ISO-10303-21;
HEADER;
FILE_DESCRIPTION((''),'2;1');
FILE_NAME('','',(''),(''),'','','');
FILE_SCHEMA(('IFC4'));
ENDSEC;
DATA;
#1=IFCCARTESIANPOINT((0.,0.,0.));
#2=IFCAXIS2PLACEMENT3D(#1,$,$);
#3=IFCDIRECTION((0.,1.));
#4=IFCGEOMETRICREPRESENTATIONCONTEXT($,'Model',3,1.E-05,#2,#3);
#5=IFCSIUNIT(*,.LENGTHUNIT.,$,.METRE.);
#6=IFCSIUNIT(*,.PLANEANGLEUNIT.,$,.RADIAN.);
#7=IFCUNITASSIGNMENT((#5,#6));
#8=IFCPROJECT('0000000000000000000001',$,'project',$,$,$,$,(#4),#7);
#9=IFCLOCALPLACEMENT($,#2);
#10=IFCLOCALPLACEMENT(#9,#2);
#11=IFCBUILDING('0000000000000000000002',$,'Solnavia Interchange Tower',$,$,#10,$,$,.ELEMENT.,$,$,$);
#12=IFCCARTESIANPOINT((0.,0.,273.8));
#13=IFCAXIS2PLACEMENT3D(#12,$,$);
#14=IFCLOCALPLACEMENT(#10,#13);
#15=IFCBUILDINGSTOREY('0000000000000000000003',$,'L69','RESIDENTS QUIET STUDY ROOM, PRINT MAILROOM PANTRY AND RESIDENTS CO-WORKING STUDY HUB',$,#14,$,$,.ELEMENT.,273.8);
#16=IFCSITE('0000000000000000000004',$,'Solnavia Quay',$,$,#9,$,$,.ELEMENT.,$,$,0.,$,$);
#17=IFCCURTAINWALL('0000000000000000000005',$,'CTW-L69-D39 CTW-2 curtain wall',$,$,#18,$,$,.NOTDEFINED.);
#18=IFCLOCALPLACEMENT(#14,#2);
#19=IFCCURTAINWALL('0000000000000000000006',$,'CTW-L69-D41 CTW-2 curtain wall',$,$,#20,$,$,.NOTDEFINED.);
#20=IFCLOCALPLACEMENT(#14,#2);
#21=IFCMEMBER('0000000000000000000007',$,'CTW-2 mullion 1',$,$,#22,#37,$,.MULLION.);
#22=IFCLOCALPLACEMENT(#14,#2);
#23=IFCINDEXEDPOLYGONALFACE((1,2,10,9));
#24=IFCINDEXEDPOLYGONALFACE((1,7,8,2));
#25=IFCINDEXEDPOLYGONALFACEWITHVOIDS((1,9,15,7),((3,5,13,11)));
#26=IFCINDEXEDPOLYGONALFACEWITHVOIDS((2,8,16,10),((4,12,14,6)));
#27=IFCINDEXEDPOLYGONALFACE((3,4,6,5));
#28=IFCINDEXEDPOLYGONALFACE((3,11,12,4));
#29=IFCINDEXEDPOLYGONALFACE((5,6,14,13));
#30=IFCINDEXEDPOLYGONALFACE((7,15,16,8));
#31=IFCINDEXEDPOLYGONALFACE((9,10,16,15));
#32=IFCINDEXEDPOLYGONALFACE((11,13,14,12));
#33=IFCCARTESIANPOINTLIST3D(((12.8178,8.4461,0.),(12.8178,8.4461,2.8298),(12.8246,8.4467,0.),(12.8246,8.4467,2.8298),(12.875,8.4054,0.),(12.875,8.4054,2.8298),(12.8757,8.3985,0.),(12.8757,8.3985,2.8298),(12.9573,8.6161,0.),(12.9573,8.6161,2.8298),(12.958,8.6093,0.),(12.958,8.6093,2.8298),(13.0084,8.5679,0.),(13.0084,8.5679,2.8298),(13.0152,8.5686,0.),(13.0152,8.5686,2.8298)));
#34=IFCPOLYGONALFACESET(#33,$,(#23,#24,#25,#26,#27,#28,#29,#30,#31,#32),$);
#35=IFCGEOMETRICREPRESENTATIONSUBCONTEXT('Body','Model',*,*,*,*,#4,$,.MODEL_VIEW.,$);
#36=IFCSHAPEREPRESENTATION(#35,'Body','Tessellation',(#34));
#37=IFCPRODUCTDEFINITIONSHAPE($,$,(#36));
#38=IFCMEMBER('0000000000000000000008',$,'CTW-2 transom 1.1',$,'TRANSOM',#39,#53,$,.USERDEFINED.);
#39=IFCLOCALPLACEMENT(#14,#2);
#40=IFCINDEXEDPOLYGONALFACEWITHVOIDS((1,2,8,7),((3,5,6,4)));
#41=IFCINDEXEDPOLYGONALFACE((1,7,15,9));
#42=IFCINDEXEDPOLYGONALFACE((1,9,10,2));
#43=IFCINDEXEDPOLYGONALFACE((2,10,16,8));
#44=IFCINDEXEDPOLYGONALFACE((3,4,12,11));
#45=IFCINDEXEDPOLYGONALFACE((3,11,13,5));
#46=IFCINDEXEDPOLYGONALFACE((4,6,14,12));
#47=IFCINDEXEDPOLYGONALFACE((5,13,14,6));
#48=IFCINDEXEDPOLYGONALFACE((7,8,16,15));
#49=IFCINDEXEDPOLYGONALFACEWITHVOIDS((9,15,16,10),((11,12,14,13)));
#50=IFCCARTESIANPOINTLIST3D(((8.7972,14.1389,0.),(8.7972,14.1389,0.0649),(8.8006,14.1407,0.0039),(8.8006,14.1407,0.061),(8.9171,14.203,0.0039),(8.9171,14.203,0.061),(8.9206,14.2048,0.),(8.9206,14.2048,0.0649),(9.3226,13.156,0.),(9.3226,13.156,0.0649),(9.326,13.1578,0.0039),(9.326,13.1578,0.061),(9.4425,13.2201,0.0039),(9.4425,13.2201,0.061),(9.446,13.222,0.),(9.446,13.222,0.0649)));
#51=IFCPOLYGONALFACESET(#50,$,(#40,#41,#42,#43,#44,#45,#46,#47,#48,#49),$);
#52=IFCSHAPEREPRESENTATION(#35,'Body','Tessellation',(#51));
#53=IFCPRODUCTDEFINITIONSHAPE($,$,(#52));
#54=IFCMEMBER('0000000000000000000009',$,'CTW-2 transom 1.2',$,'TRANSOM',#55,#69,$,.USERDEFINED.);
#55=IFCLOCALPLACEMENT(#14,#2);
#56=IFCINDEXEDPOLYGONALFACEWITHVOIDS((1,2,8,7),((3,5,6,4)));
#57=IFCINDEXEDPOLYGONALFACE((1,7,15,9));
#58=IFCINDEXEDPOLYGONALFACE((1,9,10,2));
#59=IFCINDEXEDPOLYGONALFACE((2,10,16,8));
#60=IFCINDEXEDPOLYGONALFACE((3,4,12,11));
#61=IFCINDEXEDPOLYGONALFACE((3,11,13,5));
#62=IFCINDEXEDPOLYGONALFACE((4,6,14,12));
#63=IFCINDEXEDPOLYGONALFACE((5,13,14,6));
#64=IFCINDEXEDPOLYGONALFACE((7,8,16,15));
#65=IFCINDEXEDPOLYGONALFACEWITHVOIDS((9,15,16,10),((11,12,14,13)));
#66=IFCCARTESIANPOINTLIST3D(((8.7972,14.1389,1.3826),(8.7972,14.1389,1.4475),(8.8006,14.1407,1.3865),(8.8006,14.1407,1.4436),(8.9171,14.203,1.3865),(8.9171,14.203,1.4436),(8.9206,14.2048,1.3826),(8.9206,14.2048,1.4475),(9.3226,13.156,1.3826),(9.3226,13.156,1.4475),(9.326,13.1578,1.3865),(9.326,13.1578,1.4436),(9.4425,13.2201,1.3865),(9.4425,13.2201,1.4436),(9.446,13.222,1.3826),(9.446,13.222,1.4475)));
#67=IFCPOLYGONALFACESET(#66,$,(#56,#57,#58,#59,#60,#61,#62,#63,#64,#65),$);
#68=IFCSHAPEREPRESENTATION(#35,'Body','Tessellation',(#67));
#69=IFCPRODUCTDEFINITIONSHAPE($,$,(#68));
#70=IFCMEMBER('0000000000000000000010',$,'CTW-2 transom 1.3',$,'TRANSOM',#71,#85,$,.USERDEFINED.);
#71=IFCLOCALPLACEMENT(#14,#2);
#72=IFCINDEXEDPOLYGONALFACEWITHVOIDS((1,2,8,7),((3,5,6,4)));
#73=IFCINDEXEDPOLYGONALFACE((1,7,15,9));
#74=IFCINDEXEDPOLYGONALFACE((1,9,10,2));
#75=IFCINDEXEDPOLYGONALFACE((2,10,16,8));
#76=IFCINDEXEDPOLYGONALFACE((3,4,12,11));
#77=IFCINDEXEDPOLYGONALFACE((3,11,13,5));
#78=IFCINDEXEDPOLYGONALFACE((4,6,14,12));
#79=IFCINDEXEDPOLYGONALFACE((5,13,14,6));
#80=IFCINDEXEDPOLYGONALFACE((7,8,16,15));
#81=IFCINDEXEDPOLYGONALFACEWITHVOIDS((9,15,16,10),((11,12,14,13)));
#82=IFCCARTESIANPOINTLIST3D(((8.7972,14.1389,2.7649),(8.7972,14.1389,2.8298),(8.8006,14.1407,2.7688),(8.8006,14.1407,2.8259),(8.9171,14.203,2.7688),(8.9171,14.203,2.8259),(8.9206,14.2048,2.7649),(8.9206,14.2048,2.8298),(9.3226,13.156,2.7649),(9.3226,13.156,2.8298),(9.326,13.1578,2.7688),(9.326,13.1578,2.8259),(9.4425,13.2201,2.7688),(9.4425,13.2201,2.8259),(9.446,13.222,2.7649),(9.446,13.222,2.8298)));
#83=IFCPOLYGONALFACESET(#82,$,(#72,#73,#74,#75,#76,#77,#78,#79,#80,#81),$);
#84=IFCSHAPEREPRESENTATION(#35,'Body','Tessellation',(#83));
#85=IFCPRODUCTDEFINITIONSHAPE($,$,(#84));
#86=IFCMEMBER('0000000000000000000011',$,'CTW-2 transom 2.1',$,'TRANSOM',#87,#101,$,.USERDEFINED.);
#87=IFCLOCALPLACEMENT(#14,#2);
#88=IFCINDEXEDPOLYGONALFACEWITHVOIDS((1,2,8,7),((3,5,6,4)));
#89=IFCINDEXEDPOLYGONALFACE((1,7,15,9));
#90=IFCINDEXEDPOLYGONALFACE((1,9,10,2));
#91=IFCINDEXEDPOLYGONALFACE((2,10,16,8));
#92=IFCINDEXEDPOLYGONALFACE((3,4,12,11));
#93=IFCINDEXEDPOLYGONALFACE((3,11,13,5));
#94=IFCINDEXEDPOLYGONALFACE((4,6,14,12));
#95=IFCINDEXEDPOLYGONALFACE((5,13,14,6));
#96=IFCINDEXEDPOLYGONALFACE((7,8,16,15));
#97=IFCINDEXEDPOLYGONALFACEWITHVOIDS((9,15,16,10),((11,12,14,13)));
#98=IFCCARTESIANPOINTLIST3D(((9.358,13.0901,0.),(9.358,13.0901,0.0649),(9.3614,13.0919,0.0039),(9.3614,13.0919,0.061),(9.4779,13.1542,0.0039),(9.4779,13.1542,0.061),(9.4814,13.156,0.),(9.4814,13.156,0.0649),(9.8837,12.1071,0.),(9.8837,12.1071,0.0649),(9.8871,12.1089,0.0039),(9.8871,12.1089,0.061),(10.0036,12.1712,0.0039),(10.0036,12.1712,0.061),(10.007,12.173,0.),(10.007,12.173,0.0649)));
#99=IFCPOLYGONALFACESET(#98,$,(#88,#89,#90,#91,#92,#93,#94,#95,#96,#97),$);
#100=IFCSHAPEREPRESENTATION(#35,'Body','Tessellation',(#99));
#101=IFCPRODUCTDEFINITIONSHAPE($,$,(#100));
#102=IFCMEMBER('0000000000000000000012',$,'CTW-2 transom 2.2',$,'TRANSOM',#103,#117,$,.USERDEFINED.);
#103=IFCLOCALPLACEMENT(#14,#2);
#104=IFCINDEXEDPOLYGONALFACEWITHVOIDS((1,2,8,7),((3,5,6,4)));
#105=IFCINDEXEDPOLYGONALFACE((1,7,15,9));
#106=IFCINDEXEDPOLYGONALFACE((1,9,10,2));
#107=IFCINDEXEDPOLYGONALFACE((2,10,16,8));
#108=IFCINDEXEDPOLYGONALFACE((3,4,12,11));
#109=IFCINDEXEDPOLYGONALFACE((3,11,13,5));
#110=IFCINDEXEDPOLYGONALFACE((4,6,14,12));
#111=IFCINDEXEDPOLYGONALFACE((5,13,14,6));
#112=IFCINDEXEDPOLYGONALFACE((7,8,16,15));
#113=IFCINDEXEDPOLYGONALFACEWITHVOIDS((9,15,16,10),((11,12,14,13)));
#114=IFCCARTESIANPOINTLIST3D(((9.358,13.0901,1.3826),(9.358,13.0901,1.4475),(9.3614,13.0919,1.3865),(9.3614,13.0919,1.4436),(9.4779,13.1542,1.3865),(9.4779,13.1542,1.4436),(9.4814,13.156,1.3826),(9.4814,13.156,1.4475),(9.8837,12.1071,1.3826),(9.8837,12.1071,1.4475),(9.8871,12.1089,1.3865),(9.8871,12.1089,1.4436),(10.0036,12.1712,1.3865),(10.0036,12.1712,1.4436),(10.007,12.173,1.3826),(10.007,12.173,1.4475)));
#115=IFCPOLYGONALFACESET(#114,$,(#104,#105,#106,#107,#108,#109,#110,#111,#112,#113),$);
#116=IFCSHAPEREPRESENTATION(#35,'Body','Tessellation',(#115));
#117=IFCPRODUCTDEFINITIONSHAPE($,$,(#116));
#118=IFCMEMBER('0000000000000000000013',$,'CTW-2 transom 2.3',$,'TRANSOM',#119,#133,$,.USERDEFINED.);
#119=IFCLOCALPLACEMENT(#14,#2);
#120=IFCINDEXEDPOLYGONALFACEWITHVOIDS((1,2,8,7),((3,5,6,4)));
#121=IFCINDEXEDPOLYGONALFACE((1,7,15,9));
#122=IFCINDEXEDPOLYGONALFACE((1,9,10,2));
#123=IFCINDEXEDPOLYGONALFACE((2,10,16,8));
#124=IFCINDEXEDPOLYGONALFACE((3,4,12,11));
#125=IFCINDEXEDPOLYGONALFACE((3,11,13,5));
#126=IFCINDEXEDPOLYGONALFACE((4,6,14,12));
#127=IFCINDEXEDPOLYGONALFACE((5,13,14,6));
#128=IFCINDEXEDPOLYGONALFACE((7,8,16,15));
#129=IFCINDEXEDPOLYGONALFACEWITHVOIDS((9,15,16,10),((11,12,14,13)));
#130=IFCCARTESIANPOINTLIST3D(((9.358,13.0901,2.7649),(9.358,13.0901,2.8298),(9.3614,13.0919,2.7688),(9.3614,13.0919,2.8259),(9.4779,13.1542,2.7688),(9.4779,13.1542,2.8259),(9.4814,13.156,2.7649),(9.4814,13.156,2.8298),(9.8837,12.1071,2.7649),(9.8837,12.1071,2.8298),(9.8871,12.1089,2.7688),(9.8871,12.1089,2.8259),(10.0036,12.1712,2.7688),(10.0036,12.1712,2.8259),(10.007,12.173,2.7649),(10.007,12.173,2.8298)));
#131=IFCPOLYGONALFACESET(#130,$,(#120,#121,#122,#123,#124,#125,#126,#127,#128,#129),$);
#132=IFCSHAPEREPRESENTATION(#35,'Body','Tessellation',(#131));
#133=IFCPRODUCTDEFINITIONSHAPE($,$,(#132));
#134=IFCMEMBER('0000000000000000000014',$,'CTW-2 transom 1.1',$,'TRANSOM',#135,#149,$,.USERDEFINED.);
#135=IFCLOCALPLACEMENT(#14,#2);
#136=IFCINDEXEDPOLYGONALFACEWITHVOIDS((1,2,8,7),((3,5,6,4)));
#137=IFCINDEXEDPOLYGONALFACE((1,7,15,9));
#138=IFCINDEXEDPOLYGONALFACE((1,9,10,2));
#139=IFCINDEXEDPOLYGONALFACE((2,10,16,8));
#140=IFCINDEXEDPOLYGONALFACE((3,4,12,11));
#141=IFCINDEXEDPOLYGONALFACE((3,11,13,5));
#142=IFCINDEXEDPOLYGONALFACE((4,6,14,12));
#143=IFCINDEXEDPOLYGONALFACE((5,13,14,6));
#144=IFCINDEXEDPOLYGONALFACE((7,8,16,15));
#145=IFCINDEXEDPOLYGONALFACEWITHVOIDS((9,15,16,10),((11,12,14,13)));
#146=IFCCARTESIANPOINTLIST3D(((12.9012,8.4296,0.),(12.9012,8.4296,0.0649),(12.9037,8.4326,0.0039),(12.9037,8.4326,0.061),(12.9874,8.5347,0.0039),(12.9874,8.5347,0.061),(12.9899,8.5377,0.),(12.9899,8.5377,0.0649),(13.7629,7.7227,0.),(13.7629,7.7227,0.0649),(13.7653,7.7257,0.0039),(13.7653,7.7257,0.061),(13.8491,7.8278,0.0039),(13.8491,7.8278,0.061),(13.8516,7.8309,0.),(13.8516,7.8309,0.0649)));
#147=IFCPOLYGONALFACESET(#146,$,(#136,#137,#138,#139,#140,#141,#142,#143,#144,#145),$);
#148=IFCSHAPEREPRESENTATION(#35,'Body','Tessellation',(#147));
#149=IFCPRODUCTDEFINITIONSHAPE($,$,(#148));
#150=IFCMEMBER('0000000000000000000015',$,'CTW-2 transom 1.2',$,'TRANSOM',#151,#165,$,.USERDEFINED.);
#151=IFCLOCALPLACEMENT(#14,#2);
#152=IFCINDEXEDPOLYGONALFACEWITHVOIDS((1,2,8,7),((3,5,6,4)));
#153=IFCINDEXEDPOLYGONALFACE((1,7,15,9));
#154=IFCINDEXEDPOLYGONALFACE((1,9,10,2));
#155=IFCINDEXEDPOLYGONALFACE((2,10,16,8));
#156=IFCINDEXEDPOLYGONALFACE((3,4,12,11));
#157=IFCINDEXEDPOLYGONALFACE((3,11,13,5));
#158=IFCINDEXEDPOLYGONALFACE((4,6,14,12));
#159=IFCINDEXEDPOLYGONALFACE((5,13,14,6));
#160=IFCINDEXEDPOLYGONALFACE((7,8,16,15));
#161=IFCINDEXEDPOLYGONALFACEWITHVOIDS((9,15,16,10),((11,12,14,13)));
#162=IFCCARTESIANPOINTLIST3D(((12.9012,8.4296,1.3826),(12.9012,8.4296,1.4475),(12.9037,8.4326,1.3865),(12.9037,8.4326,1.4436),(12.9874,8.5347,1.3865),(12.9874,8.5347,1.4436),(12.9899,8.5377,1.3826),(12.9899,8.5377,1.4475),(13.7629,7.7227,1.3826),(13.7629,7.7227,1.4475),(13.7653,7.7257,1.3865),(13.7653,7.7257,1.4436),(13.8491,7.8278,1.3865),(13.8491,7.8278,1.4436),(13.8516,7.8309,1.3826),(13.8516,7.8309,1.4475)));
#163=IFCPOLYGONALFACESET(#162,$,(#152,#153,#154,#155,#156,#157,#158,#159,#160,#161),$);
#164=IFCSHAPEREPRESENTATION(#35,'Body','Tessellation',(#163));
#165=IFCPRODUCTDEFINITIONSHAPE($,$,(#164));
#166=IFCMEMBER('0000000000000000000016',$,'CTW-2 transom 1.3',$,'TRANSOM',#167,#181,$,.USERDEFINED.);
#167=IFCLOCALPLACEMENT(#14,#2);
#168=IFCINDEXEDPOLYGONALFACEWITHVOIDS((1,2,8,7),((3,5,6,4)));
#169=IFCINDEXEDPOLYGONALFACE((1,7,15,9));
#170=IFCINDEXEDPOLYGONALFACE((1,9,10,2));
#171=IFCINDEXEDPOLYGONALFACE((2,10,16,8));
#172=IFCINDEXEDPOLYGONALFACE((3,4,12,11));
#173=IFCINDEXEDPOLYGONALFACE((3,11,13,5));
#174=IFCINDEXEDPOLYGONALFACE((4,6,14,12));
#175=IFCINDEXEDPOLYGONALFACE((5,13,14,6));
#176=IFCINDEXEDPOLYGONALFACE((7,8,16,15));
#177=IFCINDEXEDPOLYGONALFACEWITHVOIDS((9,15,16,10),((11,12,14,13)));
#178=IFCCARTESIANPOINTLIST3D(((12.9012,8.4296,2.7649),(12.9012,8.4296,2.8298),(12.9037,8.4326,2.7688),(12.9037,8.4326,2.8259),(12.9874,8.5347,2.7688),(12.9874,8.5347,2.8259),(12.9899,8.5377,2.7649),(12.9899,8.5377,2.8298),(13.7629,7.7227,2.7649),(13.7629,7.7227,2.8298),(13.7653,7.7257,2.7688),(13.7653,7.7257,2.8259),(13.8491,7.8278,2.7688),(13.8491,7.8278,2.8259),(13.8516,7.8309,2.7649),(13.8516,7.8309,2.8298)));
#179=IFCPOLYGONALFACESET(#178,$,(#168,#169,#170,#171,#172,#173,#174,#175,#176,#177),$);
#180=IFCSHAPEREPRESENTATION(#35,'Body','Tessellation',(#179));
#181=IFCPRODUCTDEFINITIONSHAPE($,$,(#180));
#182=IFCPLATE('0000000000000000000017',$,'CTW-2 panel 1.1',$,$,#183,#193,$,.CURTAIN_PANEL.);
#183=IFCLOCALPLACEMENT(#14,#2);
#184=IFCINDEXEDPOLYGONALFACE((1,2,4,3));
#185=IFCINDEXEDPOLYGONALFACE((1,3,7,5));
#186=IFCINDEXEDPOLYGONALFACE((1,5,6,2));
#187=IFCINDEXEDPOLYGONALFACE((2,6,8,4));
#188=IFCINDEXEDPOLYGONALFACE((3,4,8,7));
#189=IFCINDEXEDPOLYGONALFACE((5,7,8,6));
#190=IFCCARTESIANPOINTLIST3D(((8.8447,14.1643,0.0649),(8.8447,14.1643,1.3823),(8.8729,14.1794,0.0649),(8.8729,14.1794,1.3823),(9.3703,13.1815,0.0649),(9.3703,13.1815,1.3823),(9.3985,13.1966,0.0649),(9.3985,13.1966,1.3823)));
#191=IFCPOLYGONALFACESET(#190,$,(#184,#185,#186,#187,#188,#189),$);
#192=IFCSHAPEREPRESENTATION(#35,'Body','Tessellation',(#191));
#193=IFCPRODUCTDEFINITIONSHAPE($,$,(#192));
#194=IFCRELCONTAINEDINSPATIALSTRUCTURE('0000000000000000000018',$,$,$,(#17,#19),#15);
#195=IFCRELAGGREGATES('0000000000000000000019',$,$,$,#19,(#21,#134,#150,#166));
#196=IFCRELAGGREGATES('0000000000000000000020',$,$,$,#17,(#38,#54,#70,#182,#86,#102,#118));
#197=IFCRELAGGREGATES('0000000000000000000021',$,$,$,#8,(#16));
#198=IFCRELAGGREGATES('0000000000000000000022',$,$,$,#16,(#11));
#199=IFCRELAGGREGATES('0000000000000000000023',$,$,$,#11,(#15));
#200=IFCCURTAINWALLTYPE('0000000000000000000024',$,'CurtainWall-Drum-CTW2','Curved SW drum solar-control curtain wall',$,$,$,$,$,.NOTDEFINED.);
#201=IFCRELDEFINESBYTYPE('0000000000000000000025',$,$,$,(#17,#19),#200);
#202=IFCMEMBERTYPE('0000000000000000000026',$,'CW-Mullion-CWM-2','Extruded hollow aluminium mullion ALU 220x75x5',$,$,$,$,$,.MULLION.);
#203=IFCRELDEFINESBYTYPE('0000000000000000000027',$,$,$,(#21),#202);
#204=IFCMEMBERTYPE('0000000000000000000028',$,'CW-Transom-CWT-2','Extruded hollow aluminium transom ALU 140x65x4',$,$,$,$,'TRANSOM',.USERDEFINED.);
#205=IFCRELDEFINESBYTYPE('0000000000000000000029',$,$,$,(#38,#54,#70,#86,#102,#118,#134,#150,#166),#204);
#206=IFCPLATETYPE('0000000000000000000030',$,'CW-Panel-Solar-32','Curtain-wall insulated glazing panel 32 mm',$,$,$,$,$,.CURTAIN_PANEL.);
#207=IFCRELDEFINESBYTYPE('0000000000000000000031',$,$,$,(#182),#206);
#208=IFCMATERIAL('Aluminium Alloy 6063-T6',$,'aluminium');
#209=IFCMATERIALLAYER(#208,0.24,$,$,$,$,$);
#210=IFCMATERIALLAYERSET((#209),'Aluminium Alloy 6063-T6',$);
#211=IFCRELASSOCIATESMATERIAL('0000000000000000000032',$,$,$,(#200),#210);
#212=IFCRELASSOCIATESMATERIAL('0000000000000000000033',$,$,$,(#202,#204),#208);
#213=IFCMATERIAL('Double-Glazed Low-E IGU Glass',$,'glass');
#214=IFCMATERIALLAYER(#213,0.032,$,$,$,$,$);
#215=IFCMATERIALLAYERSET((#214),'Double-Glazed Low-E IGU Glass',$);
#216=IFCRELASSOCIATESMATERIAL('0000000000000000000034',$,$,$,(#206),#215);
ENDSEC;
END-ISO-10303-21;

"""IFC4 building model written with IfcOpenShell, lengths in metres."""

from ifc_helpers import new_model, si_unit, direction, frame, origin, origin_2d, place, context, subcontext, project, spatial, rectangle, hollow_rectangle, extrude, material, layer, layer_set, material_profile, profile_set, type_object, element, aggregate, save


model = new_model("IFC4")

# Units and contexts
model_context = context("Model", 3, precision=1e-05, world=origin(), true_north=direction((0.0, 1.0)))
body_context = subcontext(model_context, "Body", "Model", "MODEL_VIEW")
ifc_project = project(units=[si_unit("LENGTHUNIT", "METRE"), si_unit("PLANEANGLEUNIT", "RADIAN")], contexts=[model_context])

# Site, building, storey
site_placement = place(None, origin())
site = spatial("IfcSite", under=ifc_project, at=site_placement, Name="Solnavia Quay", CompositionType="ELEMENT", RefElevation=0.0)
building_placement = place(site_placement, origin())
building = spatial("IfcBuilding", under=site, at=building_placement, Name="Solnavia Interchange Tower", CompositionType="ELEMENT")
storey_placement = place(building_placement, frame((0.0, 0.0, 273.8)))
storey = spatial("IfcBuildingStorey", under=building, at=storey_placement, Name="L69", Description="RESIDENTS QUIET STUDY ROOM, PRINT MAILROOM PANTRY AND RESIDENTS CO-WORKING STUDY HUB", CompositionType="ELEMENT", Elevation=273.8)

# Curtain wall
ifc_material_1 = material(Name="Aluminium Alloy 6063-T6", Category="aluminium")
ifc_layer_1 = layer(ifc_material_1, 0.24)
ifc_layer_set_1 = layer_set([ifc_layer_1], Name="Aluminium Alloy 6063-T6")
curtain_wall_type = type_object("IfcCurtainWallType", Name="CurtainWall-Drum-CTW2", Description="Curved SW drum solar-control curtain wall", PredefinedType="NOTDEFINED", material=ifc_layer_set_1)
curtain_wall_1_placement = place(storey_placement, origin())
curtain_wall_1 = element("IfcCurtainWall", 1, at=curtain_wall_1_placement, inside=storey, type_object=curtain_wall_type, Name="CTW-L69-D39 CTW-2 curtain wall", PredefinedType="NOTDEFINED")
ifc_material_profile_1 = material_profile(ifc_material_1, hollow_rectangle(XDim=0.075, YDim=0.22, WallThickness=0.0049, at=origin_2d()), Name="ALU 220x75x5")
ifc_profile_set_1 = profile_set([ifc_material_profile_1], Name="Aluminium Alloy 6063-T6")
member_type_1 = type_object("IfcMemberType", Name="CW-Mullion-CWM-2", Description="Extruded hollow aluminium mullion ALU 220x75x5", PredefinedType="MULLION", material=ifc_profile_set_1)

# Curtain wall, member
curtain_wall_2_placement = place(storey_placement, origin())
curtain_wall_2 = element("IfcCurtainWall", 2, at=curtain_wall_2_placement, inside=storey, type_object=curtain_wall_type, Name="CTW-L69-D41 CTW-2 curtain wall", PredefinedType="NOTDEFINED")
member_1_placement = place(storey_placement, frame((12.9165, 8.5073, 0.0), z_axis=(0.0, 0.0, 1.0), x_axis=(0.773103, -0.63428, 0.0)))
member_1 = element("IfcMember", 3, at=member_1_placement, type_object=member_type_1, Name="CTW-2 mullion 1", PredefinedType="MULLION", context=body_context, shape_type="SweptSolid", body=[
    extrude(hollow_rectangle(XDim=0.075, YDim=0.22, WallThickness=0.0049, at=origin_2d()), origin(), (0.0, 0.0, 1.0), 2.8298),
])

# Members
ifc_material_profile_2 = material_profile(ifc_material_1, hollow_rectangle(XDim=0.0649, YDim=0.1399, WallThickness=0.0039, at=origin_2d()), Name="ALU 140x65x4")
ifc_profile_set_2 = profile_set([ifc_material_profile_2], Name="Aluminium Alloy 6063-T6")
member_type_2 = type_object("IfcMemberType", Name="CW-Transom-CWT-2", Description="Extruded hollow aluminium transom ALU 140x65x4", ElementType="TRANSOM", PredefinedType="USERDEFINED", material=ifc_profile_set_2)
member_2_placement = place(storey_placement, frame((8.8589, 14.1719, 0.0325), z_axis=(0.471407, -0.881916, 0.0), x_axis=(0.0, 0.0, 1.0)))
member_2 = element("IfcMember", 4, at=member_2_placement, type_object=member_type_2, Name="CTW-2 transom 1.1", ObjectType="TRANSOM", PredefinedType="USERDEFINED", context=body_context, shape_type="SweptSolid", body=[
    extrude(hollow_rectangle(XDim=0.0649, YDim=0.1399, WallThickness=0.0039, at=origin_2d()), origin(), (0.0, 0.0, 1.0), 1.1145),
])
member_3_placement = place(storey_placement, frame((8.8589, 14.1719, 1.415), z_axis=(0.471407, -0.881916, 0.0), x_axis=(0.0, 0.0, 1.0)))
member_3 = element("IfcMember", 5, at=member_3_placement, type_object=member_type_2, Name="CTW-2 transom 1.2", ObjectType="TRANSOM", PredefinedType="USERDEFINED", context=body_context, shape_type="SweptSolid", body=[
    extrude(hollow_rectangle(XDim=0.0649, YDim=0.1399, WallThickness=0.0039, at=origin_2d()), origin(), (0.0, 0.0, 1.0), 1.1145),
])
member_4_placement = place(storey_placement, frame((8.8589, 14.1719, 2.7974), z_axis=(0.471407, -0.881916, 0.0), x_axis=(0.0, 0.0, 1.0)))
member_4 = element("IfcMember", 6, at=member_4_placement, type_object=member_type_2, Name="CTW-2 transom 1.3", ObjectType="TRANSOM", PredefinedType="USERDEFINED", context=body_context, shape_type="SweptSolid", body=[
    extrude(hollow_rectangle(XDim=0.0649, YDim=0.1399, WallThickness=0.0039, at=origin_2d()), origin(), (0.0, 0.0, 1.0), 1.1145),
])
member_5_placement = place(storey_placement, frame((9.4197, 13.123, 0.0325), z_axis=(0.471577, -0.881825, 0.0), x_axis=(0.0, 0.0, 1.0)))
member_5 = element("IfcMember", 7, at=member_5_placement, type_object=member_type_2, Name="CTW-2 transom 2.1", ObjectType="TRANSOM", PredefinedType="USERDEFINED", context=body_context, shape_type="SweptSolid", body=[
    extrude(hollow_rectangle(XDim=0.0649, YDim=0.1399, WallThickness=0.0039, at=origin_2d()), origin(), (0.0, 0.0, 1.0), 1.1147),
])
member_6_placement = place(storey_placement, frame((9.4197, 13.123, 1.415), z_axis=(0.471577, -0.881825, 0.0), x_axis=(0.0, 0.0, 1.0)))
member_6 = element("IfcMember", 8, at=member_6_placement, type_object=member_type_2, Name="CTW-2 transom 2.2", ObjectType="TRANSOM", PredefinedType="USERDEFINED", context=body_context, shape_type="SweptSolid", body=[
    extrude(hollow_rectangle(XDim=0.0649, YDim=0.1399, WallThickness=0.0039, at=origin_2d()), origin(), (0.0, 0.0, 1.0), 1.1147),
])
member_7_placement = place(storey_placement, frame((9.4197, 13.123, 2.7974), z_axis=(0.471577, -0.881825, 0.0), x_axis=(0.0, 0.0, 1.0)))
member_7 = element("IfcMember", 9, at=member_7_placement, type_object=member_type_2, Name="CTW-2 transom 2.3", ObjectType="TRANSOM", PredefinedType="USERDEFINED", context=body_context, shape_type="SweptSolid", body=[
    extrude(hollow_rectangle(XDim=0.0649, YDim=0.1399, WallThickness=0.0039, at=origin_2d()), origin(), (0.0, 0.0, 1.0), 1.1147),
])
member_8_placement = place(storey_placement, frame((12.9456, 8.4836, 0.0325), z_axis=(0.773137, -0.634239, 0.0), x_axis=(0.0, 0.0, 1.0)))
member_8 = element("IfcMember", 10, at=member_8_placement, type_object=member_type_2, Name="CTW-2 transom 1.1", ObjectType="TRANSOM", PredefinedType="USERDEFINED", context=body_context, shape_type="SweptSolid", body=[
    extrude(hollow_rectangle(XDim=0.0649, YDim=0.1399, WallThickness=0.0039, at=origin_2d()), origin(), (0.0, 0.0, 1.0), 1.1145),
])
member_9_placement = place(storey_placement, frame((12.9456, 8.4836, 1.415), z_axis=(0.773137, -0.634239, 0.0), x_axis=(0.0, 0.0, 1.0)))
member_9 = element("IfcMember", 11, at=member_9_placement, type_object=member_type_2, Name="CTW-2 transom 1.2", ObjectType="TRANSOM", PredefinedType="USERDEFINED", context=body_context, shape_type="SweptSolid", body=[
    extrude(hollow_rectangle(XDim=0.0649, YDim=0.1399, WallThickness=0.0039, at=origin_2d()), origin(), (0.0, 0.0, 1.0), 1.1145),
])
member_10_placement = place(storey_placement, frame((12.9456, 8.4836, 2.7974), z_axis=(0.773137, -0.634239, 0.0), x_axis=(0.0, 0.0, 1.0)))
member_10 = element("IfcMember", 12, at=member_10_placement, type_object=member_type_2, Name="CTW-2 transom 1.3", ObjectType="TRANSOM", PredefinedType="USERDEFINED", context=body_context, shape_type="SweptSolid", body=[
    extrude(hollow_rectangle(XDim=0.0649, YDim=0.1399, WallThickness=0.0039, at=origin_2d()), origin(), (0.0, 0.0, 1.0), 1.1145),
])
aggregate(curtain_wall_2, [member_1, member_8, member_9, member_10])

# Plate
ifc_material_2 = material(Name="Double-Glazed Low-E IGU Glass", Category="glass")
ifc_layer_2 = layer(ifc_material_2, 0.032)
ifc_layer_set_2 = layer_set([ifc_layer_2], Name="Double-Glazed Low-E IGU Glass")
plate_type = type_object("IfcPlateType", Name="CW-Panel-Solar-32", Description="Curtain-wall insulated glazing panel 32 mm", PredefinedType="CURTAIN_PANEL", material=ifc_layer_set_2)
plate_1_placement = place(storey_placement, frame((9.1216, 13.6804, 0.0649), z_axis=(0.0, 0.0, 1.0), x_axis=(0.471561, -0.881834, 0.0)))
plate_1 = element("IfcPlate", 13, at=plate_1_placement, type_object=plate_type, Name="CTW-2 panel 1.1", PredefinedType="CURTAIN_PANEL", context=body_context, shape_type="SweptSolid", body=[
    extrude(rectangle(XDim=1.1145, YDim=0.032, at=origin_2d()), origin(), (0.0, 0.0, 1.0), 1.3174),
])
aggregate(curtain_wall_1, [member_2, member_3, member_4, plate_1, member_5, member_6, member_7])

save(model, "model.ifc")
